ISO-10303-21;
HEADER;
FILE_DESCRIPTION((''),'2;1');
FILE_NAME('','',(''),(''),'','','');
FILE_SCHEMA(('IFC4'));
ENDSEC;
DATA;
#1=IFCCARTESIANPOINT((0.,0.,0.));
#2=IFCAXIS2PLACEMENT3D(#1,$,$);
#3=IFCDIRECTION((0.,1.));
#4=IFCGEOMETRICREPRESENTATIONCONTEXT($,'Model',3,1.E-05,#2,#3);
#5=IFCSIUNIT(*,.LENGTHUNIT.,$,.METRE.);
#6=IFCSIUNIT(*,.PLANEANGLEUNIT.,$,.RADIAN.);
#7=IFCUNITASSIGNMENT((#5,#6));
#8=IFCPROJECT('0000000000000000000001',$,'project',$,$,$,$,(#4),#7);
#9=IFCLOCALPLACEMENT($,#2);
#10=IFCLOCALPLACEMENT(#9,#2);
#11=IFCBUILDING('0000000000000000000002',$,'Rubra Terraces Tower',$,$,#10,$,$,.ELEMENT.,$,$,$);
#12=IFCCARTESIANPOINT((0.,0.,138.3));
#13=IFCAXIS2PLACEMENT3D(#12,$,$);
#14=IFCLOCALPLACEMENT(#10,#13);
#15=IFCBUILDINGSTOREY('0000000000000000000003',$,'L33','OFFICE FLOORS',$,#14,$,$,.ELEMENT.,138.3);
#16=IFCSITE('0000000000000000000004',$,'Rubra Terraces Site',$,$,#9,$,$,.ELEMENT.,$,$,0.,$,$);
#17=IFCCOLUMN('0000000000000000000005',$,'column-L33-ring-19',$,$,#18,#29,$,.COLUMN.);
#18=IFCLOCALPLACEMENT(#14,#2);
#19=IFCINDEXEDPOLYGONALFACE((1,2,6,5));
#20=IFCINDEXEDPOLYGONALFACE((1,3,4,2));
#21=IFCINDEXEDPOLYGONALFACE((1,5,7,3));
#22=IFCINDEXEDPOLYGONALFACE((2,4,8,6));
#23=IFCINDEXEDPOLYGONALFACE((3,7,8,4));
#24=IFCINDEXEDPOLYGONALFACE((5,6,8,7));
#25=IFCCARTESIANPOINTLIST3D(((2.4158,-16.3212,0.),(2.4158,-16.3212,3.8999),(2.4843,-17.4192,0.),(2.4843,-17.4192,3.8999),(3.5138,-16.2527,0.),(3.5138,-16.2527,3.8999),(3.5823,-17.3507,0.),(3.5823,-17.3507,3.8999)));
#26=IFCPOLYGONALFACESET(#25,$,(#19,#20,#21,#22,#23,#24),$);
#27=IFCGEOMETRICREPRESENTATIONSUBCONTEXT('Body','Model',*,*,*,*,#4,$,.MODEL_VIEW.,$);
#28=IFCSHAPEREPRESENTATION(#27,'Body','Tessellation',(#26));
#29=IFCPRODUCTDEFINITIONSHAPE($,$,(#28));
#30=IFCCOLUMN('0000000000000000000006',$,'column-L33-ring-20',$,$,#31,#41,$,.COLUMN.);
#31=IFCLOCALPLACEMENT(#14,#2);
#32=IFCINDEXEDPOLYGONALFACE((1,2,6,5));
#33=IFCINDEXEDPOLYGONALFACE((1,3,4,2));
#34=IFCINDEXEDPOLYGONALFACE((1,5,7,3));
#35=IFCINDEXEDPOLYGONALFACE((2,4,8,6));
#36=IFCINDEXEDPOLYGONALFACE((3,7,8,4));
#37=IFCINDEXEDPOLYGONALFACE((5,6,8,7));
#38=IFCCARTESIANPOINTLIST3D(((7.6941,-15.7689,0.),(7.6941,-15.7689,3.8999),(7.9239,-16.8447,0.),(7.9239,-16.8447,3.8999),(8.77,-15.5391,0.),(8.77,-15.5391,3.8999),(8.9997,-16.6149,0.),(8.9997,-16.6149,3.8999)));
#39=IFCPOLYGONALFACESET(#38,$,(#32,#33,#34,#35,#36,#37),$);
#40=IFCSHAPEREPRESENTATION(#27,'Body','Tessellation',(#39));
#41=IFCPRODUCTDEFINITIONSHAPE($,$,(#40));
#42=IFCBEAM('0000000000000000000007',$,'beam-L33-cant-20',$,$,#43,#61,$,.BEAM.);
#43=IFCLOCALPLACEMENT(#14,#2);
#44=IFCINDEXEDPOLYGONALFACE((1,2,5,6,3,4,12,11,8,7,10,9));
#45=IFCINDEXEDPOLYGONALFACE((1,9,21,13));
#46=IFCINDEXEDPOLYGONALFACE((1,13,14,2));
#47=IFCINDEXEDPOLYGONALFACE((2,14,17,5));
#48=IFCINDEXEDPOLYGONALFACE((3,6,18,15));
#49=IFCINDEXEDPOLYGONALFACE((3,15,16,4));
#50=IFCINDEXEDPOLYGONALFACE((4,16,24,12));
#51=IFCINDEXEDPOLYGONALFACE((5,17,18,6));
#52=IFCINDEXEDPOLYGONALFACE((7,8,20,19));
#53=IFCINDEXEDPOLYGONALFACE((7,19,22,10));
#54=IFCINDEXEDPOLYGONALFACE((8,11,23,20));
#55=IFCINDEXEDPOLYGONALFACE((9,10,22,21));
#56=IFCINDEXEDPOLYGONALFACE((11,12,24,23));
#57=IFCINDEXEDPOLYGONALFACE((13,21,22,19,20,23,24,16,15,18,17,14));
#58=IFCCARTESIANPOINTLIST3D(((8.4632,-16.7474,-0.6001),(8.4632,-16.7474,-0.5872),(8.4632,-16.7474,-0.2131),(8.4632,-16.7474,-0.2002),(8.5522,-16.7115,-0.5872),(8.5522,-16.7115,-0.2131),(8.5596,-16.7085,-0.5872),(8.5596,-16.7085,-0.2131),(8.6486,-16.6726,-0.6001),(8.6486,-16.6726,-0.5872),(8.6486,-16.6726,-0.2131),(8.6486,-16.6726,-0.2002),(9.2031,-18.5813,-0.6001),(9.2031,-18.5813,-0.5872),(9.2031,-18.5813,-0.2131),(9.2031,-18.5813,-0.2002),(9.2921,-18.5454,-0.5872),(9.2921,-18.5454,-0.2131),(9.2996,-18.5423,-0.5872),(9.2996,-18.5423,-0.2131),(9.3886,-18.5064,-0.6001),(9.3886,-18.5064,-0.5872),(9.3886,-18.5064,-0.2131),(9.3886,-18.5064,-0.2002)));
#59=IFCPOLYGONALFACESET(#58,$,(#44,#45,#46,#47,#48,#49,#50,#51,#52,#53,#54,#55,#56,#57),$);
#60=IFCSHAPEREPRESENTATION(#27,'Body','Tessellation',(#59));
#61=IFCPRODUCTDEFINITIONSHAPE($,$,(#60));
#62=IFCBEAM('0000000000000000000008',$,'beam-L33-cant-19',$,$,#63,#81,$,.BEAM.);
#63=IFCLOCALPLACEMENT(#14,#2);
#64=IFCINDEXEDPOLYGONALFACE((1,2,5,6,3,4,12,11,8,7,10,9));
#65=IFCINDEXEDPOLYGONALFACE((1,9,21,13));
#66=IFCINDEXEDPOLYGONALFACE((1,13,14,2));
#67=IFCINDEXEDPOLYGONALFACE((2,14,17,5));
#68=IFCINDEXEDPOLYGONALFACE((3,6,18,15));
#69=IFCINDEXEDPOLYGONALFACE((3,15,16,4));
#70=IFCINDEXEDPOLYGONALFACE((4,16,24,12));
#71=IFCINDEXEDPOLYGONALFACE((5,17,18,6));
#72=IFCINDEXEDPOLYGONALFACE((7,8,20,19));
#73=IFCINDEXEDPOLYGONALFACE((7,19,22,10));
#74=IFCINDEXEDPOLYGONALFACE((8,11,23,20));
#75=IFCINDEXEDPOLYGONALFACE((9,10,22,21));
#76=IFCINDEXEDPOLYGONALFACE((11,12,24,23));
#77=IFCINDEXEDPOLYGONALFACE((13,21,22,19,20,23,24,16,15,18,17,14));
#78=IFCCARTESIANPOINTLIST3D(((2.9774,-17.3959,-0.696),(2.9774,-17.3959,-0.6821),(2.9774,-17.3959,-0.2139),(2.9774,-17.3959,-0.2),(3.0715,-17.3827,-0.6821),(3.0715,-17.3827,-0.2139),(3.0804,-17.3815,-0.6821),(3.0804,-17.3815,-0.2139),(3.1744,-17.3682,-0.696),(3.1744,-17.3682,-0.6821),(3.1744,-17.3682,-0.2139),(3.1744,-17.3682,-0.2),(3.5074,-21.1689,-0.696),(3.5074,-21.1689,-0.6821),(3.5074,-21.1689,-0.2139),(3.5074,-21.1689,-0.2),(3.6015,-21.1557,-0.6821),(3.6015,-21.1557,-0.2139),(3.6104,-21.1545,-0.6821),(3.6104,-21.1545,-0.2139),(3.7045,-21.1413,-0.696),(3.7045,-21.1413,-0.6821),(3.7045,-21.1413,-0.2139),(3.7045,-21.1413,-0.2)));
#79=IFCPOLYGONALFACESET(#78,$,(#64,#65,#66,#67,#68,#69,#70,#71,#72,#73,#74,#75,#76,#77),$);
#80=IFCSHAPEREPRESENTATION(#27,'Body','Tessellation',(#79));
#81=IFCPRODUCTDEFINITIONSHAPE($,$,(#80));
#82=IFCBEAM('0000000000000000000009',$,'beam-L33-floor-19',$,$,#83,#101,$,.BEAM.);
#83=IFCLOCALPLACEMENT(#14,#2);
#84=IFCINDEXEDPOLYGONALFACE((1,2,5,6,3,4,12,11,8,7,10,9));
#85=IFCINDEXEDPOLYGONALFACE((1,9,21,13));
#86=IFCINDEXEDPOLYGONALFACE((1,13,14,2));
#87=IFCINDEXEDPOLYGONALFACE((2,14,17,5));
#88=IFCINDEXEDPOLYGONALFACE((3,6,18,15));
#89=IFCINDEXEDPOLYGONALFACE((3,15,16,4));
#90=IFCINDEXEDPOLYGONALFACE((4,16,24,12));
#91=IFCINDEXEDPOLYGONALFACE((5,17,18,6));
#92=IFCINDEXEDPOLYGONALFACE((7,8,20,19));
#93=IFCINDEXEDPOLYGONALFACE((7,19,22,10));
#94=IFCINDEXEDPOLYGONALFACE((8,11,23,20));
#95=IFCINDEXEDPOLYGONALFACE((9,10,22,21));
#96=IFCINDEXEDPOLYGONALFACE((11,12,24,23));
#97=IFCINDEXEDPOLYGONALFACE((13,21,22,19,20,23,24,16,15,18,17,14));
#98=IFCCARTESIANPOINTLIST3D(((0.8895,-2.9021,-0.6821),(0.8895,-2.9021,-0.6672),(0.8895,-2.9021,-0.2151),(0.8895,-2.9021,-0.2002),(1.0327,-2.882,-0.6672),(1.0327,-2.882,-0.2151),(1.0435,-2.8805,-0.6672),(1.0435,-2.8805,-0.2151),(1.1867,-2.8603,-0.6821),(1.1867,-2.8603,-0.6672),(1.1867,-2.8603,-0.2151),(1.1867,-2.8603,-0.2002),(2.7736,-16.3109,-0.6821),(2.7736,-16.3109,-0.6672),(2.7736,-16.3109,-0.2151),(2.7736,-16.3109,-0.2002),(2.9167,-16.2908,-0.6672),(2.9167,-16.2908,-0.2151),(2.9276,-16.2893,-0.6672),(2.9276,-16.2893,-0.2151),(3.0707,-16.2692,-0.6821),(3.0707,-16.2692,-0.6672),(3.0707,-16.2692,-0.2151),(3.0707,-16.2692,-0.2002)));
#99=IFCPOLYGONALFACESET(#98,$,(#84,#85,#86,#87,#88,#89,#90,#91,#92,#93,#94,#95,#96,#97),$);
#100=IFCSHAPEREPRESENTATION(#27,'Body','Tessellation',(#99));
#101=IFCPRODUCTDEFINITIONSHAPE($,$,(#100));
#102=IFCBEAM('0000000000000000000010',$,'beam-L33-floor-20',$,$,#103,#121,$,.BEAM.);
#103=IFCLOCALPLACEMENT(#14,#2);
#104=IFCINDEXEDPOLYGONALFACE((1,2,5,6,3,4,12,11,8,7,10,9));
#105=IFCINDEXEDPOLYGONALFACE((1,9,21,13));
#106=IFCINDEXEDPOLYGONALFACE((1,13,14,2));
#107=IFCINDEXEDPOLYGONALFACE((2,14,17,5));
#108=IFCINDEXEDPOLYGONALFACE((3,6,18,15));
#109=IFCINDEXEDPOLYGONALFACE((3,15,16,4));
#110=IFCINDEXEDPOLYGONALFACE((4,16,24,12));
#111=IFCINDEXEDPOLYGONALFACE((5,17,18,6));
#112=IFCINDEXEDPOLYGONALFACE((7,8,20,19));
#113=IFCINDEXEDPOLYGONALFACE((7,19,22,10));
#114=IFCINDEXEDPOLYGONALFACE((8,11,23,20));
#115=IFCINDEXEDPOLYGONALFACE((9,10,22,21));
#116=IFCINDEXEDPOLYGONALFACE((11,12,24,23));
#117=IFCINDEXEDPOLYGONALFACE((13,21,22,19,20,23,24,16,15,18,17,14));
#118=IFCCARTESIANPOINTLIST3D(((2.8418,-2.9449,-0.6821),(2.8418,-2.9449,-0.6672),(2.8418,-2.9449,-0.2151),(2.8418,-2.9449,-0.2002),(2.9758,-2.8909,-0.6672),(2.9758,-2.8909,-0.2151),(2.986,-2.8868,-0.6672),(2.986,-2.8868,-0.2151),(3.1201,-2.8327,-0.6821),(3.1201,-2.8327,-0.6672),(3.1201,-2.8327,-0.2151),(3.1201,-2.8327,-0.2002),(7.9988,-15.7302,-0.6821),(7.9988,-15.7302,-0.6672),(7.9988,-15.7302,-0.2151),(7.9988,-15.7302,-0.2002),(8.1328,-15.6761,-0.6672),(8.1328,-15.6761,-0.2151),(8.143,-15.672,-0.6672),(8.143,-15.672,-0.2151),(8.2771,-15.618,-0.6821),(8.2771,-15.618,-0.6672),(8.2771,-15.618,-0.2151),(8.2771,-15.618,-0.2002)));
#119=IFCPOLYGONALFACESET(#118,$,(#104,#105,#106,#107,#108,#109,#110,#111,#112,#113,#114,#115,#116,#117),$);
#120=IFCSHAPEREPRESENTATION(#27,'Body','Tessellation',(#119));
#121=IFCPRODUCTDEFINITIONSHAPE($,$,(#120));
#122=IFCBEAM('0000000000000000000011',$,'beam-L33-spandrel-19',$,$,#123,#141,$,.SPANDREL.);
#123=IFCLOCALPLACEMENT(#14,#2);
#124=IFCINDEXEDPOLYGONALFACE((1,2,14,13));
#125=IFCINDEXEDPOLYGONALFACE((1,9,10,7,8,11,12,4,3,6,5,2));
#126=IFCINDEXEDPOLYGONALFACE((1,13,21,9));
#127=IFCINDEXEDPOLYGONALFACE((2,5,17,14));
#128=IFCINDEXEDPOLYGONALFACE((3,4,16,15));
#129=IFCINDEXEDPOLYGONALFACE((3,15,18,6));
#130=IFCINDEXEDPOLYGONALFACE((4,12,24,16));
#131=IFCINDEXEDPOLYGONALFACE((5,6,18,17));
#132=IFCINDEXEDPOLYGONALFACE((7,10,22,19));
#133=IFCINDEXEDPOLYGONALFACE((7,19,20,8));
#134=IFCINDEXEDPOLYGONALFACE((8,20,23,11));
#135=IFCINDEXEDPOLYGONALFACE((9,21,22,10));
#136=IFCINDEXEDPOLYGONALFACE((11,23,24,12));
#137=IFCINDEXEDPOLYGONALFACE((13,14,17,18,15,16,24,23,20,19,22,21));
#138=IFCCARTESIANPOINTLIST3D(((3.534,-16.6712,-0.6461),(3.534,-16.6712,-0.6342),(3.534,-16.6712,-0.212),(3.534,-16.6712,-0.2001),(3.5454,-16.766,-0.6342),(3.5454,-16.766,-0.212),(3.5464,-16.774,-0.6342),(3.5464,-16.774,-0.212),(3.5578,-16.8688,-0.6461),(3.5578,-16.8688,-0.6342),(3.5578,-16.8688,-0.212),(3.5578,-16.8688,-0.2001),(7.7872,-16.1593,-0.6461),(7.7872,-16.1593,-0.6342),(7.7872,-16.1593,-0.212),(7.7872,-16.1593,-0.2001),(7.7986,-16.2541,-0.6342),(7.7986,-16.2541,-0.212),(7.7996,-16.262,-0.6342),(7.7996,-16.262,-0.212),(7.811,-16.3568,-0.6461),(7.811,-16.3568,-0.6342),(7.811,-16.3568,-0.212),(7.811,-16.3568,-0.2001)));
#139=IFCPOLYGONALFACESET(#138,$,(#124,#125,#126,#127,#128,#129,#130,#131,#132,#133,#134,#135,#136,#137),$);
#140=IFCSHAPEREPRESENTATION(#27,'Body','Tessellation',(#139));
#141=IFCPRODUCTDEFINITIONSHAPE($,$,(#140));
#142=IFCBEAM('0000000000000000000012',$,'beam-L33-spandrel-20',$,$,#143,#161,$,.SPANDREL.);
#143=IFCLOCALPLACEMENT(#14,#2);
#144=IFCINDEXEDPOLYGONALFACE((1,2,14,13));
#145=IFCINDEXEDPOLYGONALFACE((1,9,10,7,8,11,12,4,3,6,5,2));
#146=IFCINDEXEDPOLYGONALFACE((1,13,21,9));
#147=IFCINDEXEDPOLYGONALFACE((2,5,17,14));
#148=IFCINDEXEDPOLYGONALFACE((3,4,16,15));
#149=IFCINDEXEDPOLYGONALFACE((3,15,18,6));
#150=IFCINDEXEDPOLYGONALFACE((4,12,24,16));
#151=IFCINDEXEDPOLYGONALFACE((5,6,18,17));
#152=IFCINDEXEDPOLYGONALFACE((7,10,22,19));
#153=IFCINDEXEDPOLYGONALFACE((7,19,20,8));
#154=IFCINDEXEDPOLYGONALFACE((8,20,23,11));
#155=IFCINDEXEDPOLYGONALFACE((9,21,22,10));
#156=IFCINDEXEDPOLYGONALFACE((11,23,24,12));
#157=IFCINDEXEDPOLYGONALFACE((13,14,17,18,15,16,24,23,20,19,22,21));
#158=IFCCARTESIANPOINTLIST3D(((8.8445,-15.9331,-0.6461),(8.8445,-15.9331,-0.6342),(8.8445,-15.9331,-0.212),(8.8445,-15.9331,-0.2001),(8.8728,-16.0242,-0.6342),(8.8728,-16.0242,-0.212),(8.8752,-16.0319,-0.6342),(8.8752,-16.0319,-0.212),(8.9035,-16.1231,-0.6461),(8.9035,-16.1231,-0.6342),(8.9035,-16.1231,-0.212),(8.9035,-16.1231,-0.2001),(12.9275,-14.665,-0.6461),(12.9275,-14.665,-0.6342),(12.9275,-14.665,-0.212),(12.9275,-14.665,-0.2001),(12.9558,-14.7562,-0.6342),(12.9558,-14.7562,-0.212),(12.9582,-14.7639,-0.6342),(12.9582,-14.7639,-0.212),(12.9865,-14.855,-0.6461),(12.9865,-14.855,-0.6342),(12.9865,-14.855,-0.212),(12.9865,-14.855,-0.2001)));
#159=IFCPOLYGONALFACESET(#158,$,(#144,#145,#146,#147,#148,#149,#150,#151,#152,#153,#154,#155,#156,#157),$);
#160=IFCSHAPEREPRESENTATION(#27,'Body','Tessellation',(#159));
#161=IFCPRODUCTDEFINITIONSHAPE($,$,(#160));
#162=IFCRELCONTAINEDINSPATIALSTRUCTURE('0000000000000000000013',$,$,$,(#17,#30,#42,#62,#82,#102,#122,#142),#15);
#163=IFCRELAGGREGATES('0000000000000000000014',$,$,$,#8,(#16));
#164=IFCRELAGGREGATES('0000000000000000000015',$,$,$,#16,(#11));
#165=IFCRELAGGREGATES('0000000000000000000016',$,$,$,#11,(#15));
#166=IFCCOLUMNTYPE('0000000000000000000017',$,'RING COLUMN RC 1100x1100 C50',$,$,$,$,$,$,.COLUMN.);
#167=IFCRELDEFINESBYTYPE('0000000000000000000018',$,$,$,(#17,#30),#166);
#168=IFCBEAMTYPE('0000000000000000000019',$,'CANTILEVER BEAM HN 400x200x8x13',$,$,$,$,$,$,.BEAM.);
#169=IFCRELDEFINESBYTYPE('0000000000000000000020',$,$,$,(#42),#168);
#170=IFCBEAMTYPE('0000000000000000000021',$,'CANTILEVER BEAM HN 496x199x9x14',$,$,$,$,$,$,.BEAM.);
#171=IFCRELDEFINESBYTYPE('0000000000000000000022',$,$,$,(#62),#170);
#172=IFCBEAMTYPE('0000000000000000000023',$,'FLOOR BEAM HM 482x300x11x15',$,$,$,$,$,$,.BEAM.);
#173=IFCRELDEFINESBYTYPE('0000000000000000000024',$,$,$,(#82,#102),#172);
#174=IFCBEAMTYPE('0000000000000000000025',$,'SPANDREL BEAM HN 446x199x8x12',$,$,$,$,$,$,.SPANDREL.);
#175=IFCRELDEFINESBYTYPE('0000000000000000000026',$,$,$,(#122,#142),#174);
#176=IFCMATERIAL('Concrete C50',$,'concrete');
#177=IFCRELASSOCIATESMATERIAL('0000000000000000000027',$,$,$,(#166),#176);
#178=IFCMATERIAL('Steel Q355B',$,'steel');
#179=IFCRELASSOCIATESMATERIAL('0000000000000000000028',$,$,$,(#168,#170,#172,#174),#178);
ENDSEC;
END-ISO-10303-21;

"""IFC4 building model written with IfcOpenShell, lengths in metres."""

from ifc_helpers import new_model, si_unit, direction, frame, origin, origin_2d, place, context, subcontext, project, spatial, rectangle, i_section, extrude, material, material_profile, profile_set, type_object, element, save


model = new_model("IFC4")

# Units and contexts
model_context = context("Model", 3, precision=1e-05, world=origin(), true_north=direction((0.0, 1.0)))
body_context = subcontext(model_context, "Body", "Model", "MODEL_VIEW")
ifc_project = project(units=[si_unit("LENGTHUNIT", "METRE"), si_unit("PLANEANGLEUNIT", "RADIAN")], contexts=[model_context])

# Site, building, storey
site_placement = place(None, origin())
site = spatial("IfcSite", under=ifc_project, at=site_placement, Name="Rubra Terraces Site", CompositionType="ELEMENT", RefElevation=0.0)
building_placement = place(site_placement, origin())
building = spatial("IfcBuilding", under=site, at=building_placement, Name="Rubra Terraces Tower", CompositionType="ELEMENT")
storey_placement = place(building_placement, frame((0.0, 0.0, 138.3)))
storey = spatial("IfcBuildingStorey", under=building, at=storey_placement, Name="L33", Description="OFFICE FLOORS", CompositionType="ELEMENT", Elevation=138.3)

# Columns
ifc_material_1 = material(Name="Concrete C50", Category="concrete")
ifc_material_profile_1 = material_profile(ifc_material_1, rectangle(XDim=1.1001, YDim=1.1001, at=origin_2d()), Name="RC 1100x1100")
ifc_profile_set_1 = profile_set([ifc_material_profile_1], Name="Concrete C50")
column_type = type_object("IfcColumnType", Name="RING COLUMN RC 1100x1100 C50", PredefinedType="COLUMN", material=ifc_profile_set_1)
for number, where, z_axis, x_axis, name in (
    (1, (2.999, -16.8359, 0.0), (0.0, 0.0, 1.0), (0.998059, 0.062268, 0.0), "column-L33-ring-19"),
    (2, (8.3469, -16.1919, 0.0), (0.0, 0.0, 1.0), (0.977944, 0.208867, 0.0), "column-L33-ring-20"),
):
    element("IfcColumn", number, at=place(storey_placement, frame(where, z_axis=z_axis, x_axis=x_axis)), inside=storey, type_object=column_type, Name=name, PredefinedType="COLUMN", context=body_context, shape_type="SweptSolid", body=[
        extrude(rectangle(XDim=1.1001, YDim=1.1001, at=origin_2d()), origin(), (0.0, 0.0, 1.0), 3.8999),
    ])

# Beams
ifc_material_2 = material(Name="Steel Q355B", Category="steel")
ifc_material_profile_2 = material_profile(ifc_material_2, i_section(OverallWidth=0.2, OverallDepth=0.3999, WebThickness=0.0081, FlangeThickness=0.0129, at=origin_2d()), Name="HN 400x200x8x13")
ifc_profile_set_2 = profile_set([ifc_material_profile_2], Name="Steel Q355B")
beam_type_1 = type_object("IfcBeamType", Name="CANTILEVER BEAM HN 400x200x8x13", PredefinedType="BEAM", material=ifc_profile_set_2)
beam_1_placement = place(storey_placement, frame((8.5559, -16.71, -0.4001), z_axis=(0.374177, -0.927357, 0.0), x_axis=(0.927357, 0.374177, 0.0)))
element("IfcBeam", 3, at=beam_1_placement, inside=storey, type_object=beam_type_1, Name="beam-L33-cant-20", PredefinedType="BEAM", context=body_context, shape_type="SweptSolid", body=[
    extrude(i_section(OverallWidth=0.2, OverallDepth=0.3999, WebThickness=0.0081, FlangeThickness=0.0129, at=origin_2d()), origin(), (0.0, 0.0, 1.0), 1.9775),
])
ifc_material_profile_3 = material_profile(ifc_material_2, i_section(OverallWidth=0.199, OverallDepth=0.4961, WebThickness=0.009, FlangeThickness=0.0139, at=origin_2d()), Name="HN 496x199x9x14")
ifc_profile_set_3 = profile_set([ifc_material_profile_3], Name="Steel Q355B")
beam_type_2 = type_object("IfcBeamType", Name="CANTILEVER BEAM HN 496x199x9x14", PredefinedType="BEAM", material=ifc_profile_set_3)
beam_2_placement = place(storey_placement, frame((3.0759, -17.3821, -0.448), z_axis=(0.139115, -0.990276, 0.0), x_axis=(0.990276, 0.139115, 0.0)))
element("IfcBeam", 4, at=beam_2_placement, inside=storey, type_object=beam_type_2, Name="beam-L33-cant-19", PredefinedType="BEAM", context=body_context, shape_type="SweptSolid", body=[
    extrude(i_section(OverallWidth=0.199, OverallDepth=0.4961, WebThickness=0.009, FlangeThickness=0.0139, at=origin_2d()), origin(), (0.0, 0.0, 1.0), 3.8101),
])
ifc_material_profile_4 = material_profile(ifc_material_2, i_section(OverallWidth=0.3, OverallDepth=0.4819, WebThickness=0.011, FlangeThickness=0.0149, at=origin_2d()), Name="HM 482x300x11x15")
ifc_profile_set_4 = profile_set([ifc_material_profile_4], Name="Steel Q355B")
beam_type_3 = type_object("IfcBeamType", Name="FLOOR BEAM HM 482x300x11x15", PredefinedType="BEAM", material=ifc_profile_set_4)
beam_3_placement = place(storey_placement, frame((2.9221, -16.29, -0.4412), z_axis=(-0.139139, 0.990273, 0.0), x_axis=(-0.990273, -0.139139, 0.0)))
element("IfcBeam", 5, at=beam_3_placement, inside=storey, type_object=beam_type_3, Name="beam-L33-floor-19", PredefinedType="BEAM", context=body_context, shape_type="SweptSolid", body=[
    extrude(i_section(OverallWidth=0.3, OverallDepth=0.4819, WebThickness=0.011, FlangeThickness=0.0149, at=origin_2d()), origin(), (0.0, 0.0, 1.0), 13.5405),
])
beam_4_placement = place(storey_placement, frame((8.1379, -15.6741, -0.4412), z_axis=(-0.374073, 0.927399, 0.0), x_axis=(-0.927399, -0.374073, 0.0)))
element("IfcBeam", 6, at=beam_4_placement, inside=storey, type_object=beam_type_3, Name="beam-L33-floor-20", PredefinedType="BEAM", context=body_context, shape_type="SweptSolid", body=[
    extrude(i_section(OverallWidth=0.3, OverallDepth=0.4819, WebThickness=0.011, FlangeThickness=0.0149, at=origin_2d()), origin(), (0.0, 0.0, 1.0), 13.7861),
])
ifc_material_profile_5 = material_profile(ifc_material_2, i_section(OverallWidth=0.199, OverallDepth=0.446, WebThickness=0.0081, FlangeThickness=0.012, at=origin_2d()), Name="HN 446x199x8x12")
ifc_profile_set_5 = profile_set([ifc_material_profile_5], Name="Steel Q355B")
beam_type_4 = type_object("IfcBeamType", Name="SPANDREL BEAM HN 446x199x8x12", PredefinedType="SPANDREL", material=ifc_profile_set_5)
beam_5_placement = place(storey_placement, frame((3.5459, -16.77, -0.4231), z_axis=(0.992833, 0.119509, 0.0), x_axis=(-0.119509, 0.992833, 0.0)))
element("IfcBeam", 7, at=beam_5_placement, inside=storey, type_object=beam_type_4, Name="beam-L33-spandrel-19", PredefinedType="SPANDREL", context=body_context, shape_type="SweptSolid", body=[
    extrude(i_section(OverallWidth=0.199, OverallDepth=0.446, WebThickness=0.0081, FlangeThickness=0.012, at=origin_2d()), origin(), (0.0, 0.0, 1.0), 4.2839),
])
beam_6_placement = place(storey_placement, frame((8.874, -16.0281, -0.4231), z_axis=(0.955003, 0.296597, 0.0), x_axis=(-0.296597, 0.955003, 0.0)))
element("IfcBeam", 8, at=beam_6_placement, inside=storey, type_object=beam_type_4, Name="beam-L33-spandrel-20", PredefinedType="SPANDREL", context=body_context, shape_type="SweptSolid", body=[
    extrude(i_section(OverallWidth=0.199, OverallDepth=0.446, WebThickness=0.0081, FlangeThickness=0.012, at=origin_2d()), origin(), (0.0, 0.0, 1.0), 4.2754),
])

save(model, "model.ifc")
